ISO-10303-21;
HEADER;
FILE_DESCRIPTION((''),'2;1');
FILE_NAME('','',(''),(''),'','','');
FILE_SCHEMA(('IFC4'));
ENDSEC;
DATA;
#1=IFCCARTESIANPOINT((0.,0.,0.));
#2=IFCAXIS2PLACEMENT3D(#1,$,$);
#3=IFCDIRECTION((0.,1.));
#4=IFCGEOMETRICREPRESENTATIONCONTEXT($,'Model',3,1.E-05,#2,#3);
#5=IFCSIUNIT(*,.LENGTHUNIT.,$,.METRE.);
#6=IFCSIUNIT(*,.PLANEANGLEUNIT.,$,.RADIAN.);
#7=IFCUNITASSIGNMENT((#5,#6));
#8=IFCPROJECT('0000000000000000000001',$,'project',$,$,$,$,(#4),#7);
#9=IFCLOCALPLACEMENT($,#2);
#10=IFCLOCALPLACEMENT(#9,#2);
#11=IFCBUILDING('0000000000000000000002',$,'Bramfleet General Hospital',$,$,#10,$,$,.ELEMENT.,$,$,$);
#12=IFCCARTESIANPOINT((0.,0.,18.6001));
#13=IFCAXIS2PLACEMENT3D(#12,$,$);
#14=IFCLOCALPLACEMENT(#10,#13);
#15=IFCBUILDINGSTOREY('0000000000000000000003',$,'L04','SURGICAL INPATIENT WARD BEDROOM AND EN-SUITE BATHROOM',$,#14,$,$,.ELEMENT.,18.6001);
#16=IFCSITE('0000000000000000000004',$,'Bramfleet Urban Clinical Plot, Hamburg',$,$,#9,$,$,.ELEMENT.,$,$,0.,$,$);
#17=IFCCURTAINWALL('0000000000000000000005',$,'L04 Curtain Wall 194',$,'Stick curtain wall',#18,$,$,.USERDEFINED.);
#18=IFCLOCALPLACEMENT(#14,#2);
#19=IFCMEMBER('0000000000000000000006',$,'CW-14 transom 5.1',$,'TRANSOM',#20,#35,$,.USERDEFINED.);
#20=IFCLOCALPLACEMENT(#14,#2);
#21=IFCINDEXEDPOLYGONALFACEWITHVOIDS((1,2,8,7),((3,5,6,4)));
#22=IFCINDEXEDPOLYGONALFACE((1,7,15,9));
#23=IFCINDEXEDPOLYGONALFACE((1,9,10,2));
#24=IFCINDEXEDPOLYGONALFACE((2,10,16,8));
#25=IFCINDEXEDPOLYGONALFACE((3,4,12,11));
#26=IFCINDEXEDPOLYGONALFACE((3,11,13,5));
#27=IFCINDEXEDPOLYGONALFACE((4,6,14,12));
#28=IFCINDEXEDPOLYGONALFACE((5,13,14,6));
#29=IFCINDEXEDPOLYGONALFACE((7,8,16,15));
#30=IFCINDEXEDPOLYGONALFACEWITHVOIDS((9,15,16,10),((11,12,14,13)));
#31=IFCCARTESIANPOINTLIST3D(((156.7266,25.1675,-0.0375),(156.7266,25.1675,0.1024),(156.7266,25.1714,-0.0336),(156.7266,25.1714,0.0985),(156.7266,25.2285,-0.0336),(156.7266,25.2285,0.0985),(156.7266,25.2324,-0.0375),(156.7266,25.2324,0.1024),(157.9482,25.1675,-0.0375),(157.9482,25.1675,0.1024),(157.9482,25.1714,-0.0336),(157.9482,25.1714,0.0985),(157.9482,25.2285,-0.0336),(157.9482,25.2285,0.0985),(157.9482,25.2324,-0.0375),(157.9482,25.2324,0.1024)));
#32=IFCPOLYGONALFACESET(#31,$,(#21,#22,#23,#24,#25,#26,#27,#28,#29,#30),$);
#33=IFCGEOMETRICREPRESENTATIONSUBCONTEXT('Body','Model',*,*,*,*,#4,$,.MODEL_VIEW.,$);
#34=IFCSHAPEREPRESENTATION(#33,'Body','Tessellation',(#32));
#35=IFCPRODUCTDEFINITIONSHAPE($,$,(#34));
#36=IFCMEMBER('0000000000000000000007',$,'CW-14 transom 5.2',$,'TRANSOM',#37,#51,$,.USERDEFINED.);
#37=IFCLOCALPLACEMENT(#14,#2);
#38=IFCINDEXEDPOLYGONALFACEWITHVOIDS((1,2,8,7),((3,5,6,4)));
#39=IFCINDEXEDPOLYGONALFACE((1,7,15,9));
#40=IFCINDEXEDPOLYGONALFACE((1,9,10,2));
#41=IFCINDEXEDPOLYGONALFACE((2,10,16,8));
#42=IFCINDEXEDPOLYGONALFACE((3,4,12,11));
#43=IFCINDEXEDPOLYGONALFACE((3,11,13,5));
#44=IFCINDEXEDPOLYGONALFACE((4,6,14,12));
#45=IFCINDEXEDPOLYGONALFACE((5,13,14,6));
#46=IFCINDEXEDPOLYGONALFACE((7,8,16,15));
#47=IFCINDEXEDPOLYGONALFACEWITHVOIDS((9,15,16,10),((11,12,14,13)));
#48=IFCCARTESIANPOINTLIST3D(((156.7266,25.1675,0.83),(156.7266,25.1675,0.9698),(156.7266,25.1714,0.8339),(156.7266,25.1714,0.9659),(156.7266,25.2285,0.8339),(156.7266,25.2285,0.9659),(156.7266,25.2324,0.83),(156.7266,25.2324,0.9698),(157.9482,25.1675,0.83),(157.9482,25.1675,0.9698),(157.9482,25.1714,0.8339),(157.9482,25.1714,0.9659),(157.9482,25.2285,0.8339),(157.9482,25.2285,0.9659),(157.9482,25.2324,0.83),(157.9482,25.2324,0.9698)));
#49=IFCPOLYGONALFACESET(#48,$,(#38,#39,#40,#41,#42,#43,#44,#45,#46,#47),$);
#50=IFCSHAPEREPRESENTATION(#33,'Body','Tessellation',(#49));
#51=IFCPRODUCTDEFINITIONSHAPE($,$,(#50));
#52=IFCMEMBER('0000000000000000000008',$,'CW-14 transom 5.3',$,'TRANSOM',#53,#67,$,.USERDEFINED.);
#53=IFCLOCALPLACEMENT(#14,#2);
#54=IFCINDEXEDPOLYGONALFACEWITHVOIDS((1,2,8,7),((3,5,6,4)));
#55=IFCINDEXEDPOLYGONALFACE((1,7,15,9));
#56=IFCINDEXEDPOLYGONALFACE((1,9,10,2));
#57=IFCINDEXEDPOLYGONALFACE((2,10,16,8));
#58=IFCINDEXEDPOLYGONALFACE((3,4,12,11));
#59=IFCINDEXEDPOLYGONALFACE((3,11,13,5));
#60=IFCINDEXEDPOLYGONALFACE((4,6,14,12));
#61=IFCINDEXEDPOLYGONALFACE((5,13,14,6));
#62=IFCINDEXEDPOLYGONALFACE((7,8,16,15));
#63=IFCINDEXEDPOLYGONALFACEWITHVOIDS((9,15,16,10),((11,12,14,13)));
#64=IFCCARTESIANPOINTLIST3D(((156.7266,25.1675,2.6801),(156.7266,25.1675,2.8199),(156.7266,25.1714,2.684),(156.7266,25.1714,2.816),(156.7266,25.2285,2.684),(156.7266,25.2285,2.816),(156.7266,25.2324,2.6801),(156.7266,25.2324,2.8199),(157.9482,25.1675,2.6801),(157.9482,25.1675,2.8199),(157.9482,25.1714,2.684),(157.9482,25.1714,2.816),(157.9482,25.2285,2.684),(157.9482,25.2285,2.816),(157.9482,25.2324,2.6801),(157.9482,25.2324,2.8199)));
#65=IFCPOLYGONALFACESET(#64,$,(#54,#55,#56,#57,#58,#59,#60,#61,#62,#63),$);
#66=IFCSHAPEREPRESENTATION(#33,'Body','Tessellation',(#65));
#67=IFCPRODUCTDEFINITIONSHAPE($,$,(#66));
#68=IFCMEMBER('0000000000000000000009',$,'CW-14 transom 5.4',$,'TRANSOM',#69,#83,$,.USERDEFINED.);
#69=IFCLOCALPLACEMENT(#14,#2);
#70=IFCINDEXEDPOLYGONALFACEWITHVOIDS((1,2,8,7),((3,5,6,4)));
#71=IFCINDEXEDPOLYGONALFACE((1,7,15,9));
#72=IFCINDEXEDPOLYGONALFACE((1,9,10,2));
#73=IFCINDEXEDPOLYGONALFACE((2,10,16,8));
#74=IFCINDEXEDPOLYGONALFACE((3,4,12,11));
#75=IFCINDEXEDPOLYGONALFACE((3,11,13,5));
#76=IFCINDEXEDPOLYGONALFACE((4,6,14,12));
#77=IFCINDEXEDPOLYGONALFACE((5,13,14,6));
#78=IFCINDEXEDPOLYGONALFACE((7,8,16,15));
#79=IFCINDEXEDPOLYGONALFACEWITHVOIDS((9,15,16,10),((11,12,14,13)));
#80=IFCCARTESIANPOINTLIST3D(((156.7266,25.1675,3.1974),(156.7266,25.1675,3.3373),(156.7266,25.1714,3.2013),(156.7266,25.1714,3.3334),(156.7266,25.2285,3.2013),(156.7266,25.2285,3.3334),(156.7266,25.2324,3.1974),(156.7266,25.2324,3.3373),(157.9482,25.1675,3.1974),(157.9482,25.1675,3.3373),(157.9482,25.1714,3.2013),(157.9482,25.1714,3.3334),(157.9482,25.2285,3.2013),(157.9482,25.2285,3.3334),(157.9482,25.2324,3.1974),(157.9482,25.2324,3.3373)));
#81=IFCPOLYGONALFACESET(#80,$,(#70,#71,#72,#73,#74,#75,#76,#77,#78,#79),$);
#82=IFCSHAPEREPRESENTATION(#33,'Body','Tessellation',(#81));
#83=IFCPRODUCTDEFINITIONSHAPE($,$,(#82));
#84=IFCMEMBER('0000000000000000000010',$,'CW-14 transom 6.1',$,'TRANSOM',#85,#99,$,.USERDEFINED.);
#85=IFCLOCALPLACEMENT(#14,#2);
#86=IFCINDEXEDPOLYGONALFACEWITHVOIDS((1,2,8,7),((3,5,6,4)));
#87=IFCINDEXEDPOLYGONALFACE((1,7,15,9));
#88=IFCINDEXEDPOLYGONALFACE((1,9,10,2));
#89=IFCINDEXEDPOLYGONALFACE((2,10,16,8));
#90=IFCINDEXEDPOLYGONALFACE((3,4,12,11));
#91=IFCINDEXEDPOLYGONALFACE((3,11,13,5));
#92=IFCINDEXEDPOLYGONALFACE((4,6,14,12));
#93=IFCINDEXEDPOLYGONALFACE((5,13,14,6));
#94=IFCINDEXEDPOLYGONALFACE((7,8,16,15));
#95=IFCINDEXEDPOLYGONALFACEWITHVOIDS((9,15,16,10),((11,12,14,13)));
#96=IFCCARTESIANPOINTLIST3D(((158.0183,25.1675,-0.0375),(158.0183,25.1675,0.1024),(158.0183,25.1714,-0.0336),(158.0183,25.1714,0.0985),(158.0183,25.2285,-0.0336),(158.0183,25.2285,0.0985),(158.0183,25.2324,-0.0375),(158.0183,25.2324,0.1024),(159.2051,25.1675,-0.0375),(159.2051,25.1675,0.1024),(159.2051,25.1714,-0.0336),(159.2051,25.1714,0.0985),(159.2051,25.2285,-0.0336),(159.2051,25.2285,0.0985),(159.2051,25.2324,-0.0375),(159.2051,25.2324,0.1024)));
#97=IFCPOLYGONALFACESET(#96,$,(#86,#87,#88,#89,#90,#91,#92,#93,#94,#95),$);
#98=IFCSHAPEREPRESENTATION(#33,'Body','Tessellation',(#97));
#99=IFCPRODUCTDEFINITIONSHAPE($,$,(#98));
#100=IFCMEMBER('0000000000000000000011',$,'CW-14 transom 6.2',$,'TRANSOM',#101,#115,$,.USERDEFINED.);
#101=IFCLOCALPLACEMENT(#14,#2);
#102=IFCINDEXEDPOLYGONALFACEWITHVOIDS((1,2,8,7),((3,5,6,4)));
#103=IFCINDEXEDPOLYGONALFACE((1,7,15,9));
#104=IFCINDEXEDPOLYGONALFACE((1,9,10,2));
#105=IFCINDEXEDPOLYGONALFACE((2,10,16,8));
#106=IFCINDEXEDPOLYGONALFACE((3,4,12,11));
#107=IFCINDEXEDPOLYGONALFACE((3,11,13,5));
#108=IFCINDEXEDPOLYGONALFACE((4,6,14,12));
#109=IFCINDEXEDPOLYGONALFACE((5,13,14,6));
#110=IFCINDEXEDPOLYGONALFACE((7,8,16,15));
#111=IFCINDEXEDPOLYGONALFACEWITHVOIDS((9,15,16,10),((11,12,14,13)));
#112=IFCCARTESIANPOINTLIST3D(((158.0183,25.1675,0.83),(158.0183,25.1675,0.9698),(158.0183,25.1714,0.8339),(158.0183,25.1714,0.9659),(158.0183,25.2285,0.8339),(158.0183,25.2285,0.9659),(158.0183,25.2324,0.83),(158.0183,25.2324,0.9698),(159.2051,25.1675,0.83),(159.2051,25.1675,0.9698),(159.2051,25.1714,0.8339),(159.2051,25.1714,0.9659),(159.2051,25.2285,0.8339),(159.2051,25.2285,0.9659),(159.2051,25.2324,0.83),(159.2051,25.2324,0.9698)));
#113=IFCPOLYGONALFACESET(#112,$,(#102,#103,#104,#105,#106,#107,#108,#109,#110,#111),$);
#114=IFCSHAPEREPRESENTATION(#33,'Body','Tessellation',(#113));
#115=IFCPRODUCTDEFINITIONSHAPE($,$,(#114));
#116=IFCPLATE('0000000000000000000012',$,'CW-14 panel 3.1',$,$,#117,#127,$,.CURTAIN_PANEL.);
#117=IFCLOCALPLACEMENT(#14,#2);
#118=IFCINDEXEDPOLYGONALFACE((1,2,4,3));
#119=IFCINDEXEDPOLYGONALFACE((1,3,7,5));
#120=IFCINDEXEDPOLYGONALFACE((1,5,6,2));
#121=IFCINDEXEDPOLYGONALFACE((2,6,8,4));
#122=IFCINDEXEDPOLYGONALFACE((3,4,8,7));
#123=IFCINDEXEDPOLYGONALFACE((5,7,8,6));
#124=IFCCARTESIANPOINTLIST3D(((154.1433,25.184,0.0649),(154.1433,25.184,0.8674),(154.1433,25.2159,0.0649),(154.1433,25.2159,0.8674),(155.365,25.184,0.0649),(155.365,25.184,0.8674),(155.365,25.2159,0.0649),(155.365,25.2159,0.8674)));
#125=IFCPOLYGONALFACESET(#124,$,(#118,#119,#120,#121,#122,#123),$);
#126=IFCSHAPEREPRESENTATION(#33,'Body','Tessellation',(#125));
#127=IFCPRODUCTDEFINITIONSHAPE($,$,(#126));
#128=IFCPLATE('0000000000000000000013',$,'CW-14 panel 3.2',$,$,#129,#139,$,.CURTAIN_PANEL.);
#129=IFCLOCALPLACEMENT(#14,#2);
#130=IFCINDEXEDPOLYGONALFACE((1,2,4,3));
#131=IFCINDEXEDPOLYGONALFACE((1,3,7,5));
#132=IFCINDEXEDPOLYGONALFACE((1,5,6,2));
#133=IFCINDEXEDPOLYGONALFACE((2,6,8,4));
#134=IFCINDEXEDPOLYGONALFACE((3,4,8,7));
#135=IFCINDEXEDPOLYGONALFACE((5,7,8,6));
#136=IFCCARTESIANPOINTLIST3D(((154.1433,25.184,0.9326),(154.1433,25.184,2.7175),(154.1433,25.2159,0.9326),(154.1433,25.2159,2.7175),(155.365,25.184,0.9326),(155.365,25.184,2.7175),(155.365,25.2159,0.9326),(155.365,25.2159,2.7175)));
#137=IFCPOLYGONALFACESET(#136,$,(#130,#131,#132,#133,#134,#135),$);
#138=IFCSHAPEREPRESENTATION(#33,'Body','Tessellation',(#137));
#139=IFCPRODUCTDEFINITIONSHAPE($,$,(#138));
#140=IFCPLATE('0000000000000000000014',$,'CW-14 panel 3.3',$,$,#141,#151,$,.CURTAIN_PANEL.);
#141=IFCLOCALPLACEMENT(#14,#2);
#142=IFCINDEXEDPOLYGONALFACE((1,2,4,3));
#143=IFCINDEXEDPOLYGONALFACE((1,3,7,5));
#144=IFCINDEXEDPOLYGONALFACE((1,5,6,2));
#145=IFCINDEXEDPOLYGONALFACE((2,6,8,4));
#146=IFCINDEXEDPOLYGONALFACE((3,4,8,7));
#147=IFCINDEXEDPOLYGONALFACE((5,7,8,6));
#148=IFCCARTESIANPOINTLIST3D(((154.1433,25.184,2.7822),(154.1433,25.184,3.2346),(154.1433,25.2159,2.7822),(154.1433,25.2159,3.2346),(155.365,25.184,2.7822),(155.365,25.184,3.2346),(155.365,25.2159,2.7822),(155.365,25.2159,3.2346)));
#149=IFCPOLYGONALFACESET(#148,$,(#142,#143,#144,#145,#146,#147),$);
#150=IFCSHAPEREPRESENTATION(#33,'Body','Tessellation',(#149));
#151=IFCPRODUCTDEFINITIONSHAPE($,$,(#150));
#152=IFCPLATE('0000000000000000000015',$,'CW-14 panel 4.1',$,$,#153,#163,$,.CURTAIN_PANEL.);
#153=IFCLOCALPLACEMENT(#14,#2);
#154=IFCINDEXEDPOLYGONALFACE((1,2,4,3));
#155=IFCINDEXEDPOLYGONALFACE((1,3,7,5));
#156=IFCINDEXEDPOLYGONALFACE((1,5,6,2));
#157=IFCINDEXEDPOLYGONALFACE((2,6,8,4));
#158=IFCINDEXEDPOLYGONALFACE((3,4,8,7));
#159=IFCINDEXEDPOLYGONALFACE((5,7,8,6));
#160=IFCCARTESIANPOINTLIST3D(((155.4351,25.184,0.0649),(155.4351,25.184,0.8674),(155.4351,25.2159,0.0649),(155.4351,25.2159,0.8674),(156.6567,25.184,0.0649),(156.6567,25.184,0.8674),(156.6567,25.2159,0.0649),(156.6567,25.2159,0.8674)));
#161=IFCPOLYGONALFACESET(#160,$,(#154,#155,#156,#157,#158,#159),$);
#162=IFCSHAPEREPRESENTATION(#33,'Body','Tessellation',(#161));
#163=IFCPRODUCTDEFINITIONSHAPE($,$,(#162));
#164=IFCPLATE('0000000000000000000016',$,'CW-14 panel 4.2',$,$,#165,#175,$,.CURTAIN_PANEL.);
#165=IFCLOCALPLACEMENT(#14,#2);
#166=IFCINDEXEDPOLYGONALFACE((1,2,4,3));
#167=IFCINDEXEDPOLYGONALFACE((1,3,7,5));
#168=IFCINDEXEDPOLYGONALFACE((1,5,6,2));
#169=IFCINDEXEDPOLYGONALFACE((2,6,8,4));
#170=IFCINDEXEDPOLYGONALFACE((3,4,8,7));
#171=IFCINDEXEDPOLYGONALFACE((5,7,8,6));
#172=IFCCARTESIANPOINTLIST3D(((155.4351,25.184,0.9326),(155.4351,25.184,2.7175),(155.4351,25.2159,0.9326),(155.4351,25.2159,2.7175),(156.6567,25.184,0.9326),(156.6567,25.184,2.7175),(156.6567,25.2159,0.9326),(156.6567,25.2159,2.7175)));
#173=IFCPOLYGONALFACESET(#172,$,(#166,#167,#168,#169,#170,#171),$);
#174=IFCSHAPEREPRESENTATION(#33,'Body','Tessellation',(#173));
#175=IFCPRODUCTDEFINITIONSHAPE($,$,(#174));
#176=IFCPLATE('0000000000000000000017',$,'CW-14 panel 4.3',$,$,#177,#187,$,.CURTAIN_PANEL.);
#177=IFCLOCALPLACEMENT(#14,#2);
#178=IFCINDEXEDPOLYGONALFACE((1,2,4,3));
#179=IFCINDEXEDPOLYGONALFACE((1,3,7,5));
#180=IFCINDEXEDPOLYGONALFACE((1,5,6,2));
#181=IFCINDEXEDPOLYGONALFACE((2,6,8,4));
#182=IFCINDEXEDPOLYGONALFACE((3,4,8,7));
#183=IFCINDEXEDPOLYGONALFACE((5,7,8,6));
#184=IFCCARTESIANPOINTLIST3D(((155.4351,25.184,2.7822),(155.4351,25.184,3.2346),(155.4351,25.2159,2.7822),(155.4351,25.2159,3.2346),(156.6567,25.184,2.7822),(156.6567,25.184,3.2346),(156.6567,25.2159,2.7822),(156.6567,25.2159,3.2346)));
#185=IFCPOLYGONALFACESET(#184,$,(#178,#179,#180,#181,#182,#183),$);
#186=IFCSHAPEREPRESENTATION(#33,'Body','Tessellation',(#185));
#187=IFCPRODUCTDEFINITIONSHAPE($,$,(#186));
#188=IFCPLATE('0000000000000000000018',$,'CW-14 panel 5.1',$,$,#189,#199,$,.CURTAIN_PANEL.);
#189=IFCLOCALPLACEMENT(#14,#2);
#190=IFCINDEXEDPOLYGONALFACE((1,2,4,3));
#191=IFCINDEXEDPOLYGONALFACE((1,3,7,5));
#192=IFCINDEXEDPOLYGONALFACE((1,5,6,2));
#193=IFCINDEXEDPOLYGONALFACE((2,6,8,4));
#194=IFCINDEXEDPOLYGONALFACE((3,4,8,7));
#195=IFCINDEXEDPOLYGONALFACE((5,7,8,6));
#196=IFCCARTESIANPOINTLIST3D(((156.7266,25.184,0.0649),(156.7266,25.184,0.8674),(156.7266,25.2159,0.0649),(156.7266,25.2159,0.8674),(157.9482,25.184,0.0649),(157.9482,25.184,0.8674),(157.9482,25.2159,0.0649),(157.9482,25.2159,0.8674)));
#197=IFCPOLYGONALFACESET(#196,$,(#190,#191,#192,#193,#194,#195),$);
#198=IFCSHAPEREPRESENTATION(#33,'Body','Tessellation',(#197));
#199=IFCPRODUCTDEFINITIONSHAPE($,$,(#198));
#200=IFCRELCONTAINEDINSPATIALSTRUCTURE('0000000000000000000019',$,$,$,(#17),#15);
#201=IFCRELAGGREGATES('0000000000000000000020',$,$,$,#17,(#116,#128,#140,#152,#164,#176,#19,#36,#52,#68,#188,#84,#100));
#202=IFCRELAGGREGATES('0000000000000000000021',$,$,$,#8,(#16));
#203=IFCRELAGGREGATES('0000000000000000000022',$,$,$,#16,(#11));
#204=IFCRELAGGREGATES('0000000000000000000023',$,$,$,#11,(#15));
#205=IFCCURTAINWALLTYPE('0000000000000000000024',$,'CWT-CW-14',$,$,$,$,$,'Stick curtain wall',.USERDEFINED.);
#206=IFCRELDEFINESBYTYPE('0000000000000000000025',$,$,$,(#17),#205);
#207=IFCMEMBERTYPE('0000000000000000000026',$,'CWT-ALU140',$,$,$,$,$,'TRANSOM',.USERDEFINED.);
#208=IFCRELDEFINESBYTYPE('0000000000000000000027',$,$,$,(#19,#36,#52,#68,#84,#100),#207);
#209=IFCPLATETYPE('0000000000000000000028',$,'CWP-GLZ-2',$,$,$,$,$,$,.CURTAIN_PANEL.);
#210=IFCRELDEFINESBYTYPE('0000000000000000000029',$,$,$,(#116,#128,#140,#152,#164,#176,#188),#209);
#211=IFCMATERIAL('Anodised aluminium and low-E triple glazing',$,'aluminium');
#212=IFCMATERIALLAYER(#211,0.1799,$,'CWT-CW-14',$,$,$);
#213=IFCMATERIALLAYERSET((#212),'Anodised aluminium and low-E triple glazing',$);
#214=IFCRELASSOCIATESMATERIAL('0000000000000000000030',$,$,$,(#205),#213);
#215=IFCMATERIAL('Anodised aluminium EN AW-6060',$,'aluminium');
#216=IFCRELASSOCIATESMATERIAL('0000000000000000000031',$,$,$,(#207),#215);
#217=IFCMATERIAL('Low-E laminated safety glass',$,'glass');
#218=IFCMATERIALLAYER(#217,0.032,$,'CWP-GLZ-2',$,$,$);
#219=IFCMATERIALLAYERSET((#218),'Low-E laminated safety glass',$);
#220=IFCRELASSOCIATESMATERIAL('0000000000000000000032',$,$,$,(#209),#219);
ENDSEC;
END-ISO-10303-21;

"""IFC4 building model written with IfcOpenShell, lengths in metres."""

from ifc_helpers import new_model, si_unit, direction, frame, origin, origin_2d, place, context, subcontext, project, spatial, rectangle, hollow_rectangle, extrude, material, layer, layer_set, material_profile, profile_set, type_object, element, aggregate, save


model = new_model("IFC4")

# Units and contexts
model_context = context("Model", 3, precision=1e-05, world=origin(), true_north=direction((0.0, 1.0)))
body_context = subcontext(model_context, "Body", "Model", "MODEL_VIEW")
ifc_project = project(units=[si_unit("LENGTHUNIT", "METRE"), si_unit("PLANEANGLEUNIT", "RADIAN")], contexts=[model_context])

# Site, building, storey
site_placement = place(None, origin())
site = spatial("IfcSite", under=ifc_project, at=site_placement, Name="Bramfleet Urban Clinical Plot, Hamburg", CompositionType="ELEMENT", RefElevation=0.0)
building_placement = place(site_placement, origin())
building = spatial("IfcBuilding", under=site, at=building_placement, Name="Bramfleet General Hospital", CompositionType="ELEMENT")
storey_placement = place(building_placement, frame((0.0, 0.0, 18.6001)))
storey = spatial("IfcBuildingStorey", under=building, at=storey_placement, Name="L04", Description="SURGICAL INPATIENT WARD BEDROOM AND EN-SUITE BATHROOM", CompositionType="ELEMENT", Elevation=18.6001)

# Curtain wall, members, plates
ifc_material_1 = material(Name="Anodised aluminium and low-E triple glazing", Category="aluminium")
ifc_layer_1 = layer(ifc_material_1, 0.1799, Name="CWT-CW-14")
ifc_layer_set_1 = layer_set([ifc_layer_1], Name="Anodised aluminium and low-E triple glazing")
curtain_wall_type = type_object("IfcCurtainWallType", Name="CWT-CW-14", ElementType="Stick curtain wall", PredefinedType="USERDEFINED", material=ifc_layer_set_1)
curtain_wall_placement = place(storey_placement, origin())
curtain_wall = element("IfcCurtainWall", 1, at=curtain_wall_placement, inside=storey, type_object=curtain_wall_type, Name="L04 Curtain Wall 194", ObjectType="Stick curtain wall", PredefinedType="USERDEFINED")
ifc_material_2 = material(Name="Anodised aluminium EN AW-6060", Category="aluminium")
ifc_material_profile_1 = material_profile(ifc_material_2, hollow_rectangle(XDim=0.0649, YDim=0.1399, WallThickness=0.0039, at=origin_2d()), Name="ALU 140x65x4.0")
ifc_profile_set_1 = profile_set([ifc_material_profile_1], Name="Anodised aluminium EN AW-6060")
member_type_1 = type_object("IfcMemberType", Name="CWT-ALU140", ElementType="TRANSOM", PredefinedType="USERDEFINED", material=ifc_profile_set_1)
member_1_placement = place(storey_placement, frame((156.7266, 25.2, 0.0325), z_axis=(1.0, 0.0, 0.0), x_axis=(0.0, 1.0, 0.0)))
member_1 = element("IfcMember", 2, at=member_1_placement, type_object=member_type_1, Name="CW-14 transom 5.1", ObjectType="TRANSOM", PredefinedType="USERDEFINED", context=body_context, shape_type="SweptSolid", body=[
    extrude(hollow_rectangle(XDim=0.0649, YDim=0.1399, WallThickness=0.0039, at=origin_2d()), origin(), (0.0, 0.0, 1.0), 1.2217),
])
member_2_placement = place(storey_placement, frame((156.7266, 25.2, 0.8999), z_axis=(1.0, 0.0, 0.0), x_axis=(0.0, 1.0, 0.0)))
member_2 = element("IfcMember", 3, at=member_2_placement, type_object=member_type_1, Name="CW-14 transom 5.2", ObjectType="TRANSOM", PredefinedType="USERDEFINED", context=body_context, shape_type="SweptSolid", body=[
    extrude(hollow_rectangle(XDim=0.0649, YDim=0.1399, WallThickness=0.0039, at=origin_2d()), origin(), (0.0, 0.0, 1.0), 1.2217),
])
member_3_placement = place(storey_placement, frame((156.7266, 25.2, 2.75), z_axis=(1.0, 0.0, 0.0), x_axis=(0.0, 1.0, 0.0)))
member_3 = element("IfcMember", 4, at=member_3_placement, type_object=member_type_1, Name="CW-14 transom 5.3", ObjectType="TRANSOM", PredefinedType="USERDEFINED", context=body_context, shape_type="SweptSolid", body=[
    extrude(hollow_rectangle(XDim=0.0649, YDim=0.1399, WallThickness=0.0039, at=origin_2d()), origin(), (0.0, 0.0, 1.0), 1.2217),
])
member_4_placement = place(storey_placement, frame((156.7266, 25.2, 3.2673), z_axis=(1.0, 0.0, 0.0), x_axis=(0.0, 1.0, 0.0)))
member_4 = element("IfcMember", 5, at=member_4_placement, type_object=member_type_1, Name="CW-14 transom 5.4", ObjectType="TRANSOM", PredefinedType="USERDEFINED", context=body_context, shape_type="SweptSolid", body=[
    extrude(hollow_rectangle(XDim=0.0649, YDim=0.1399, WallThickness=0.0039, at=origin_2d()), origin(), (0.0, 0.0, 1.0), 1.2217),
])
member_5_placement = place(storey_placement, frame((158.0183, 25.2, 0.0325), z_axis=(1.0, 0.0, 0.0), x_axis=(0.0, 1.0, 0.0)))
member_5 = element("IfcMember", 6, at=member_5_placement, type_object=member_type_1, Name="CW-14 transom 6.1", ObjectType="TRANSOM", PredefinedType="USERDEFINED", context=body_context, shape_type="SweptSolid", body=[
    extrude(hollow_rectangle(XDim=0.0649, YDim=0.1399, WallThickness=0.0039, at=origin_2d()), origin(), (0.0, 0.0, 1.0), 1.1868),
])
member_6_placement = place(storey_placement, frame((158.0183, 25.2, 0.8999), z_axis=(1.0, 0.0, 0.0), x_axis=(0.0, 1.0, 0.0)))
member_6 = element("IfcMember", 7, at=member_6_placement, type_object=member_type_1, Name="CW-14 transom 6.2", ObjectType="TRANSOM", PredefinedType="USERDEFINED", context=body_context, shape_type="SweptSolid", body=[
    extrude(hollow_rectangle(XDim=0.0649, YDim=0.1399, WallThickness=0.0039, at=origin_2d()), origin(), (0.0, 0.0, 1.0), 1.1868),
])
ifc_material_3 = material(Name="Low-E laminated safety glass", Category="glass")
ifc_layer_2 = layer(ifc_material_3, 0.032, Name="CWP-GLZ-2")
ifc_layer_set_2 = layer_set([ifc_layer_2], Name="Low-E laminated safety glass")
plate_type = type_object("IfcPlateType", Name="CWP-GLZ-2", PredefinedType="CURTAIN_PANEL", material=ifc_layer_set_2)
plate_1_placement = place(storey_placement, frame((154.7542, 25.2, 0.0649), z_axis=(0.0, 0.0, 1.0), x_axis=(1.0, 0.0, 0.0)))
plate_1 = element("IfcPlate", 8, at=plate_1_placement, type_object=plate_type, Name="CW-14 panel 3.1", PredefinedType="CURTAIN_PANEL", context=body_context, shape_type="SweptSolid", body=[
    extrude(rectangle(XDim=1.2217, YDim=0.032, at=origin_2d()), origin(), (0.0, 0.0, 1.0), 0.8025),
])
plate_2_placement = place(storey_placement, frame((154.7542, 25.2, 0.9326), z_axis=(0.0, 0.0, 1.0), x_axis=(1.0, 0.0, 0.0)))
plate_2 = element("IfcPlate", 9, at=plate_2_placement, type_object=plate_type, Name="CW-14 panel 3.2", PredefinedType="CURTAIN_PANEL", context=body_context, shape_type="SweptSolid", body=[
    extrude(rectangle(XDim=1.2217, YDim=0.032, at=origin_2d()), origin(), (0.0, 0.0, 1.0), 1.7849),
])
plate_3_placement = place(storey_placement, frame((154.7542, 25.2, 2.7822), z_axis=(0.0, 0.0, 1.0), x_axis=(1.0, 0.0, 0.0)))
plate_3 = element("IfcPlate", 10, at=plate_3_placement, type_object=plate_type, Name="CW-14 panel 3.3", PredefinedType="CURTAIN_PANEL", context=body_context, shape_type="SweptSolid", body=[
    extrude(rectangle(XDim=1.2217, YDim=0.032, at=origin_2d()), origin(), (0.0, 0.0, 1.0), 0.4524),
])
plate_4_placement = place(storey_placement, frame((156.0459, 25.2, 0.0649), z_axis=(0.0, 0.0, 1.0), x_axis=(1.0, 0.0, 0.0)))
plate_4 = element("IfcPlate", 11, at=plate_4_placement, type_object=plate_type, Name="CW-14 panel 4.1", PredefinedType="CURTAIN_PANEL", context=body_context, shape_type="SweptSolid", body=[
    extrude(rectangle(XDim=1.2217, YDim=0.032, at=origin_2d()), origin(), (0.0, 0.0, 1.0), 0.8025),
])
plate_5_placement = place(storey_placement, frame((156.0459, 25.2, 0.9326), z_axis=(0.0, 0.0, 1.0), x_axis=(1.0, 0.0, 0.0)))
plate_5 = element("IfcPlate", 12, at=plate_5_placement, type_object=plate_type, Name="CW-14 panel 4.2", PredefinedType="CURTAIN_PANEL", context=body_context, shape_type="SweptSolid", body=[
    extrude(rectangle(XDim=1.2217, YDim=0.032, at=origin_2d()), origin(), (0.0, 0.0, 1.0), 1.7849),
])
plate_6_placement = place(storey_placement, frame((156.0459, 25.2, 2.7822), z_axis=(0.0, 0.0, 1.0), x_axis=(1.0, 0.0, 0.0)))
plate_6 = element("IfcPlate", 13, at=plate_6_placement, type_object=plate_type, Name="CW-14 panel 4.3", PredefinedType="CURTAIN_PANEL", context=body_context, shape_type="SweptSolid", body=[
    extrude(rectangle(XDim=1.2217, YDim=0.032, at=origin_2d()), origin(), (0.0, 0.0, 1.0), 0.4524),
])
plate_7_placement = place(storey_placement, frame((157.3374, 25.2, 0.0649), z_axis=(0.0, 0.0, 1.0), x_axis=(1.0, 0.0, 0.0)))
plate_7 = element("IfcPlate", 14, at=plate_7_placement, type_object=plate_type, Name="CW-14 panel 5.1", PredefinedType="CURTAIN_PANEL", context=body_context, shape_type="SweptSolid", body=[
    extrude(rectangle(XDim=1.2217, YDim=0.032, at=origin_2d()), origin(), (0.0, 0.0, 1.0), 0.8025),
])
aggregate(curtain_wall, [plate_1, plate_2, plate_3, plate_4, plate_5, plate_6, member_1, member_2, member_3, member_4, plate_7, member_5, member_6])

save(model, "model.ifc")
